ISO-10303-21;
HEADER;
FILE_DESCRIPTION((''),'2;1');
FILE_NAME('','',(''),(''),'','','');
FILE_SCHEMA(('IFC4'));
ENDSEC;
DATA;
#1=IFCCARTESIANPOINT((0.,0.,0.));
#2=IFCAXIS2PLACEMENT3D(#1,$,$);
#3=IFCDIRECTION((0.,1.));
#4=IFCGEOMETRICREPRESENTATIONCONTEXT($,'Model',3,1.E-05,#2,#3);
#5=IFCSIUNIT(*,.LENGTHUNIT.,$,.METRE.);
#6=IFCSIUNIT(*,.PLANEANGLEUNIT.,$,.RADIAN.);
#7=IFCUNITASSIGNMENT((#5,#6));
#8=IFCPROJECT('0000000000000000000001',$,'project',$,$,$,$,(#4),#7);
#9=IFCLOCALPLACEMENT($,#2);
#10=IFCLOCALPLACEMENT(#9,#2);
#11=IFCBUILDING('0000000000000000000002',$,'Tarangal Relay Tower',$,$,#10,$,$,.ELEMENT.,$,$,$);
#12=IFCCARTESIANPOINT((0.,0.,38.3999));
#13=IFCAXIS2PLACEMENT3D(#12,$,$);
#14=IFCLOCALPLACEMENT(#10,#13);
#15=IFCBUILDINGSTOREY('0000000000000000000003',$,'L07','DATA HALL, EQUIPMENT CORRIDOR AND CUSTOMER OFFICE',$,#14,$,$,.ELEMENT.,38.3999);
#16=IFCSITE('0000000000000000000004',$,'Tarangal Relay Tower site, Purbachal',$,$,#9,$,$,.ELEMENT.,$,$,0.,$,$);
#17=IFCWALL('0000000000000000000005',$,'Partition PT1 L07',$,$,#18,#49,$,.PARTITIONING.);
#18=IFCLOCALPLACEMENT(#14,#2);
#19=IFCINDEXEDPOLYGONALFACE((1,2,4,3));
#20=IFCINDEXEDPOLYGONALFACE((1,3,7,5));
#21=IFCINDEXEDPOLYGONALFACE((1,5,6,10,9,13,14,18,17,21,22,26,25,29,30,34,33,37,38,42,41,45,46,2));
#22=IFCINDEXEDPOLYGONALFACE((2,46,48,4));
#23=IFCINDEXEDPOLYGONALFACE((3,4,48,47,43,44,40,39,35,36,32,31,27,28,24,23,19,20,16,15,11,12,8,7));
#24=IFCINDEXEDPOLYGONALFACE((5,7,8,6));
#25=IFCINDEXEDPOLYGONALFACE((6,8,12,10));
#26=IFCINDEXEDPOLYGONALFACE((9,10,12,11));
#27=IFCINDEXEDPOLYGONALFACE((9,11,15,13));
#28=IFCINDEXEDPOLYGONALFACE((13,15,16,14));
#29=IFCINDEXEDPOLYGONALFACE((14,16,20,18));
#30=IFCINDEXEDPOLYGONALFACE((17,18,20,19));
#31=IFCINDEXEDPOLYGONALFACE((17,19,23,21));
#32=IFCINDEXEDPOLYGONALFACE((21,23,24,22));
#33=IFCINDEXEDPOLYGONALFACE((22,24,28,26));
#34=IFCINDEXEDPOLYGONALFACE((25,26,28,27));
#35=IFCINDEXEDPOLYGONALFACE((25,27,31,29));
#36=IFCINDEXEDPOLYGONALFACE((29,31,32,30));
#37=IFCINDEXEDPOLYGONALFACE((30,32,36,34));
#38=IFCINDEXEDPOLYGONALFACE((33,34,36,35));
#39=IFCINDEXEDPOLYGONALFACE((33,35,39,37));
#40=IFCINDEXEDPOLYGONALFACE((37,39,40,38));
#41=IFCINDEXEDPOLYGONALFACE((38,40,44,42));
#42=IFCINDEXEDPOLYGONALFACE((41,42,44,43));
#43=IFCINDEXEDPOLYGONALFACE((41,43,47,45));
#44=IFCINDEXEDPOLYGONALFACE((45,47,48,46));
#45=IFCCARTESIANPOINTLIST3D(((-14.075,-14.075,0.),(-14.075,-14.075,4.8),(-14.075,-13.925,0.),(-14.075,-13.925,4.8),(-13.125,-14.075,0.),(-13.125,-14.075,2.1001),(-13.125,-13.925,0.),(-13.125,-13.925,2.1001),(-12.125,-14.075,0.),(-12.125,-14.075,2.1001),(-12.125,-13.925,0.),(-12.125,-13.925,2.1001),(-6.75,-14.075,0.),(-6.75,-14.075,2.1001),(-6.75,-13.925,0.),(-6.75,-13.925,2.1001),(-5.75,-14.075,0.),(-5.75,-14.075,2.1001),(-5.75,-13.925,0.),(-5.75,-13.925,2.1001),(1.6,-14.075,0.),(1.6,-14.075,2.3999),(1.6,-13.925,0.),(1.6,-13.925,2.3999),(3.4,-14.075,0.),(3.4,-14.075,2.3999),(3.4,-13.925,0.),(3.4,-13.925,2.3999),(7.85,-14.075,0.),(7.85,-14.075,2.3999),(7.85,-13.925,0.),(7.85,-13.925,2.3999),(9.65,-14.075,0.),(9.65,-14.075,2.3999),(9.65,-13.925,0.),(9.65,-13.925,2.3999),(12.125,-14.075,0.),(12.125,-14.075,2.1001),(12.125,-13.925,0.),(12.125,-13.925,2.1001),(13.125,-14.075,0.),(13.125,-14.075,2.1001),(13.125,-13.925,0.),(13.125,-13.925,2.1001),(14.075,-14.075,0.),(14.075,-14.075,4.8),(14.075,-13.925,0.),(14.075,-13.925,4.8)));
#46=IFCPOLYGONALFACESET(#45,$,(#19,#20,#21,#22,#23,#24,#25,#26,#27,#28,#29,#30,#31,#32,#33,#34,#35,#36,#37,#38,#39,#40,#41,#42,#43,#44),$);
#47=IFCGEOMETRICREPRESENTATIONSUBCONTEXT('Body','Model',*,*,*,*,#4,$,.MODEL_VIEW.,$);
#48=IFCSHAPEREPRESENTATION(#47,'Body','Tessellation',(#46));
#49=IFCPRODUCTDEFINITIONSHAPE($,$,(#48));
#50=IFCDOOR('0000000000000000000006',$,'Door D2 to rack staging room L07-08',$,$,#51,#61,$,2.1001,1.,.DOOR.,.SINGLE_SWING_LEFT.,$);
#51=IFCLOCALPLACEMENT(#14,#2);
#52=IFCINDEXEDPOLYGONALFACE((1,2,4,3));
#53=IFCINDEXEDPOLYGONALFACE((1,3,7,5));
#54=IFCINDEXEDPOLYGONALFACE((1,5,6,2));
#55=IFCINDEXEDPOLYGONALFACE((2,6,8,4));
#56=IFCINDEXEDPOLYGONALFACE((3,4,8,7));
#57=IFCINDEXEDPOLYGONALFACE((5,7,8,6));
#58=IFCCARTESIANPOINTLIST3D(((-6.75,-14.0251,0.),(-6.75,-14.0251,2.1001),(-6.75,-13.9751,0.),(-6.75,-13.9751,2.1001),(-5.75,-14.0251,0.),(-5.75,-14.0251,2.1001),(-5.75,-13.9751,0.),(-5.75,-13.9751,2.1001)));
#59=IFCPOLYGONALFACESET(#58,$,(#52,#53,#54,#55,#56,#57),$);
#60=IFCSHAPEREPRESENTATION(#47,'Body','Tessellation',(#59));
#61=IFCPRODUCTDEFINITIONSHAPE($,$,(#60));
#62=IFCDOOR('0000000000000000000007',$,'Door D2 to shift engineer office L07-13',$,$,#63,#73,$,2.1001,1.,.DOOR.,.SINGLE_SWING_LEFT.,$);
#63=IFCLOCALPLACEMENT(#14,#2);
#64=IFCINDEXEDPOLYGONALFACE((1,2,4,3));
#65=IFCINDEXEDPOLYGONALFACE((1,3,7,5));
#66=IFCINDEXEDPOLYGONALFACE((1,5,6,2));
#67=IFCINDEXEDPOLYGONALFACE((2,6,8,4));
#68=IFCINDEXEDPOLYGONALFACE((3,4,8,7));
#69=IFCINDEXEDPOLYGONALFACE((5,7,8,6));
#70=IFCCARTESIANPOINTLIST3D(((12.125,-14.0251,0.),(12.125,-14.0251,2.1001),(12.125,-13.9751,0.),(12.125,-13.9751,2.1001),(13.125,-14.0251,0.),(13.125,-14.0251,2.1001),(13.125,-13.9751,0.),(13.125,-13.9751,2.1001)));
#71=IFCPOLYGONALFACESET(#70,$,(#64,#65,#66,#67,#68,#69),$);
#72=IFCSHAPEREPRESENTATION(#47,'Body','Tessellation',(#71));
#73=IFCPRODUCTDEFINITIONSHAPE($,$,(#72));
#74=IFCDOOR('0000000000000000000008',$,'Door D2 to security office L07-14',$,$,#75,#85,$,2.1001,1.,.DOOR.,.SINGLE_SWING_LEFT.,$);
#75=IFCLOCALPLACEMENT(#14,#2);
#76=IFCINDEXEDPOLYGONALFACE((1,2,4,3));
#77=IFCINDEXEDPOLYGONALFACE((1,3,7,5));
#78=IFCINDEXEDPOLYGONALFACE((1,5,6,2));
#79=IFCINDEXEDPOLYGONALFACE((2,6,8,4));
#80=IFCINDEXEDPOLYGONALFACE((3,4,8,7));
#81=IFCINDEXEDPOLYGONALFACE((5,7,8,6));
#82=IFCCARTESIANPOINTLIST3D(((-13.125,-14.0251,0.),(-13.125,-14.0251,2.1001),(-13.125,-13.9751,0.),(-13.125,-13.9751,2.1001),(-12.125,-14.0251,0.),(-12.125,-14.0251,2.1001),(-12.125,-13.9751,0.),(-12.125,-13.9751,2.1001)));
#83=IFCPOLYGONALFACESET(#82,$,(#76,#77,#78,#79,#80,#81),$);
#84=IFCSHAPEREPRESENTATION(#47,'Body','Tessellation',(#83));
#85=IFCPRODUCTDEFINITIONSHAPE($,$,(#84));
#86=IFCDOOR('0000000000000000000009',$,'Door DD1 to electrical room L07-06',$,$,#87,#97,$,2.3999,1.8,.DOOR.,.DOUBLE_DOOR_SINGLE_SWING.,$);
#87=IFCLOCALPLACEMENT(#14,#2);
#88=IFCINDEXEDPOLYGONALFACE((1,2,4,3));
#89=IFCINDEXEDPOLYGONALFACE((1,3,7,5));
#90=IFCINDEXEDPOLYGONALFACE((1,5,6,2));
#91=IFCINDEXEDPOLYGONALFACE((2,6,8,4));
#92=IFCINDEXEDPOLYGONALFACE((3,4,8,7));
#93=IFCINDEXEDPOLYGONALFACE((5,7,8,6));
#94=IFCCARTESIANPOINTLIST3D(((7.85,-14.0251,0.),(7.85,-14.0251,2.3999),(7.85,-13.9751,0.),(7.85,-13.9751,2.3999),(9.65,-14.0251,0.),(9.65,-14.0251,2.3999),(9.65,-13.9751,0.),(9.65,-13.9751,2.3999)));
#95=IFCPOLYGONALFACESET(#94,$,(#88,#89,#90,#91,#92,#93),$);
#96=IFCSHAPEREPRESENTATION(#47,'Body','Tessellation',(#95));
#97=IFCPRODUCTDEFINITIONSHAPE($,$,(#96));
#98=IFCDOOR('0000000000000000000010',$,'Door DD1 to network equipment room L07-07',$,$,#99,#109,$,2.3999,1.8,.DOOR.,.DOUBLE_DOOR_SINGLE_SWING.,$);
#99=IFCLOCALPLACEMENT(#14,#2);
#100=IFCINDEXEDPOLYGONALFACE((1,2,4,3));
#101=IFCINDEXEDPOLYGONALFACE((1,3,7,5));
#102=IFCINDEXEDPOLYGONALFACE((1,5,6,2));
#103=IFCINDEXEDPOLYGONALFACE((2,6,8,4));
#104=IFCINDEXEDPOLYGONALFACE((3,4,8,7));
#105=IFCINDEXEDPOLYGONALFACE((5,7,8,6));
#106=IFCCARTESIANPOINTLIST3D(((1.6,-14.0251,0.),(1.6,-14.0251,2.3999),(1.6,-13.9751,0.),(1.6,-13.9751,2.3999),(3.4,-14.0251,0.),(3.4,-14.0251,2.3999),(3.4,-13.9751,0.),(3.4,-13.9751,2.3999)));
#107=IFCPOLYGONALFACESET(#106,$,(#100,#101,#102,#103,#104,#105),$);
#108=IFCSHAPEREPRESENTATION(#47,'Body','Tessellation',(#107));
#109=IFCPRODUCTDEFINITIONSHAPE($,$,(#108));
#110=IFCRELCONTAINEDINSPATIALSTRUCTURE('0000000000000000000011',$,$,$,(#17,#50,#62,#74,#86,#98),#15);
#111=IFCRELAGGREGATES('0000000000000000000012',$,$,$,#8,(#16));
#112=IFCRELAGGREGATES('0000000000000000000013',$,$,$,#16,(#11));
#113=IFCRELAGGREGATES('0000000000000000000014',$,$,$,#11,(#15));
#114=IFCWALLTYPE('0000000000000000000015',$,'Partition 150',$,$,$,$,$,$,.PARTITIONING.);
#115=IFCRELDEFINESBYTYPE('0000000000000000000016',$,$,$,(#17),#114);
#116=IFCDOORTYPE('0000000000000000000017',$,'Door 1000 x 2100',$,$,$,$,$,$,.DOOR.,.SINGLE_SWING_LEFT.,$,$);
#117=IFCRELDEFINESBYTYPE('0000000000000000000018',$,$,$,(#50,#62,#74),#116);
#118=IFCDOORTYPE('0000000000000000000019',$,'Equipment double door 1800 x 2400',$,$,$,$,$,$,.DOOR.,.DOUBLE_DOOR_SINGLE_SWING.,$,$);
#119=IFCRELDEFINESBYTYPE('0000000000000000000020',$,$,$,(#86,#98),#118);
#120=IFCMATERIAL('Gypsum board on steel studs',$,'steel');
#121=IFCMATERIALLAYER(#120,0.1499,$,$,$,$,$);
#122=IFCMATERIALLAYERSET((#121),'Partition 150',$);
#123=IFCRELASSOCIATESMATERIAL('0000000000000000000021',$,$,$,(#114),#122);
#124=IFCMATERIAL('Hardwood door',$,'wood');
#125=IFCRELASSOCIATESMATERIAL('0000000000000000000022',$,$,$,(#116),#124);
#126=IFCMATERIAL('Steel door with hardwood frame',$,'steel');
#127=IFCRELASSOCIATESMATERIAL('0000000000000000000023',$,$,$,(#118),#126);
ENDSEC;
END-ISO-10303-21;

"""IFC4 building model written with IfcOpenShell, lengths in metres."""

from ifc_helpers import new_model, si_unit, direction, frame, frame_2d, origin, place, context, subcontext, project, spatial, rectangle, extrude, material, layer, layer_set, type_object, element, fill, save


model = new_model("IFC4")

# Units and contexts
model_context = context("Model", 3, precision=1e-05, world=origin(), true_north=direction((0.0, 1.0)))
body_context = subcontext(model_context, "Body", "Model", "MODEL_VIEW")
ifc_project = project(units=[si_unit("LENGTHUNIT", "METRE"), si_unit("PLANEANGLEUNIT", "RADIAN")], contexts=[model_context])

# Site, building, storey
site_placement = place(None, origin())
site = spatial("IfcSite", under=ifc_project, at=site_placement, Name="Tarangal Relay Tower site, Purbachal", CompositionType="ELEMENT", RefElevation=0.0)
building_placement = place(site_placement, origin())
building = spatial("IfcBuilding", under=site, at=building_placement, Name="Tarangal Relay Tower", CompositionType="ELEMENT")
storey_placement = place(building_placement, frame((0.0, 0.0, 38.3999)))
storey = spatial("IfcBuildingStorey", under=building, at=storey_placement, Name="L07", Description="DATA HALL, EQUIPMENT CORRIDOR AND CUSTOMER OFFICE", CompositionType="ELEMENT", Elevation=38.3999)

# Wall, openings, doors
ifc_material_1 = material(Name="Gypsum board on steel studs", Category="steel")
ifc_layer_1 = layer(ifc_material_1, 0.1499)
ifc_layer_set_1 = layer_set([ifc_layer_1], Name="Partition 150")
wall_type_1 = type_object("IfcWallType", Name="Partition 150", PredefinedType="PARTITIONING", material=ifc_layer_set_1)
wall_1_placement = place(storey_placement, frame((-14.075, -14.0, 0.0), z_axis=(0.0, 0.0, 1.0), x_axis=(1.0, 0.0, 0.0)))
wall_1 = element("IfcWall", 1, at=wall_1_placement, inside=storey, type_object=wall_type_1, Name="Partition PT1 L07", PredefinedType="PARTITIONING", context=body_context, shape_type="SweptSolid", body=[
    extrude(rectangle(XDim=28.1499, YDim=0.1499, at=frame_2d((14.075, 0.0))), origin(), (0.0, 0.0, 1.0), 4.8),
])
opening_1_placement = place(wall_1_placement, frame((21.925, 0.0, 0.0)))
opening_1 = element("IfcOpeningElement", 2, at=opening_1_placement, cuts=wall_1, PredefinedType="OPENING", context=body_context, shape_type="SweptSolid", body=[
    extrude(rectangle(XDim=1.8, YDim=2.3999, at=frame_2d((0.8999, 1.2))), frame((0.0, 0.085, 0.0), z_axis=(0.0, -1.0, 0.0), x_axis=(1.0, 0.0, 0.0)), (0.0, 0.0, 1.0), 0.1699),
])
opening_2_placement = place(wall_1_placement, frame((15.675, 0.0, 0.0)))
opening_2 = element("IfcOpeningElement", 3, at=opening_2_placement, cuts=wall_1, PredefinedType="OPENING", context=body_context, shape_type="SweptSolid", body=[
    extrude(rectangle(XDim=1.8, YDim=2.3999, at=frame_2d((0.8999, 1.2))), frame((0.0, 0.085, 0.0), z_axis=(0.0, -1.0, 0.0), x_axis=(1.0, 0.0, 0.0)), (0.0, 0.0, 1.0), 0.1699),
])
opening_3_placement = place(wall_1_placement, frame((7.325, 0.0, 0.0)))
opening_3 = element("IfcOpeningElement", 4, at=opening_3_placement, cuts=wall_1, PredefinedType="OPENING", context=body_context, shape_type="SweptSolid", body=[
    extrude(rectangle(XDim=1.0, YDim=2.1001, at=frame_2d((0.5, 1.05))), frame((0.0, 0.085, 0.0), z_axis=(0.0, -1.0, 0.0), x_axis=(1.0, 0.0, 0.0)), (0.0, 0.0, 1.0), 0.1699),
])
opening_4_placement = place(wall_1_placement, frame((26.2, 0.0, 0.0)))
opening_4 = element("IfcOpeningElement", 5, at=opening_4_placement, cuts=wall_1, PredefinedType="OPENING", context=body_context, shape_type="SweptSolid", body=[
    extrude(rectangle(XDim=1.0, YDim=2.1001, at=frame_2d((0.5, 1.05))), frame((0.0, 0.085, 0.0), z_axis=(0.0, -1.0, 0.0), x_axis=(1.0, 0.0, 0.0)), (0.0, 0.0, 1.0), 0.1699),
])
opening_5_placement = place(wall_1_placement, frame((0.95, 0.0, 0.0)))
opening_5 = element("IfcOpeningElement", 6, at=opening_5_placement, cuts=wall_1, PredefinedType="OPENING", context=body_context, shape_type="SweptSolid", body=[
    extrude(rectangle(XDim=1.0, YDim=2.1001, at=frame_2d((0.5, 1.05))), frame((0.0, 0.085, 0.0), z_axis=(0.0, -1.0, 0.0), x_axis=(1.0, 0.0, 0.0)), (0.0, 0.0, 1.0), 0.1699),
])
ifc_material_2 = material(Name="Hardwood door", Category="wood")
door_type_1 = type_object("IfcDoorType", Name="Door 1000 x 2100", OperationType="SINGLE_SWING_LEFT", PredefinedType="DOOR", material=ifc_material_2)
door_1_placement = place(opening_3_placement, origin())
door_1 = element("IfcDoor", 7, at=door_1_placement, inside=storey, type_object=door_type_1, Name="Door D2 to rack staging room L07-08", OperationType="SINGLE_SWING_LEFT", OverallHeight=2.1001, OverallWidth=1.0, PredefinedType="DOOR", context=body_context, shape_type="SweptSolid", body=[
    extrude(rectangle(XDim=1.0, YDim=2.1001, at=frame_2d((0.5, 1.05))), frame((0.0, 0.0249, 0.0), z_axis=(0.0, -1.0, 0.0), x_axis=(1.0, 0.0, 0.0)), (0.0, 0.0, 1.0), 0.05),
])
fill(opening_3, door_1)
door_2_placement = place(opening_4_placement, origin())
door_2 = element("IfcDoor", 8, at=door_2_placement, inside=storey, type_object=door_type_1, Name="Door D2 to shift engineer office L07-13", OperationType="SINGLE_SWING_LEFT", OverallHeight=2.1001, OverallWidth=1.0, PredefinedType="DOOR", context=body_context, shape_type="SweptSolid", body=[
    extrude(rectangle(XDim=1.0, YDim=2.1001, at=frame_2d((0.5, 1.05))), frame((0.0, 0.0249, 0.0), z_axis=(0.0, -1.0, 0.0), x_axis=(1.0, 0.0, 0.0)), (0.0, 0.0, 1.0), 0.05),
])
fill(opening_4, door_2)
door_3_placement = place(opening_5_placement, origin())
door_3 = element("IfcDoor", 9, at=door_3_placement, inside=storey, type_object=door_type_1, Name="Door D2 to security office L07-14", OperationType="SINGLE_SWING_LEFT", OverallHeight=2.1001, OverallWidth=1.0, PredefinedType="DOOR", context=body_context, shape_type="SweptSolid", body=[
    extrude(rectangle(XDim=1.0, YDim=2.1001, at=frame_2d((0.5, 1.05))), frame((0.0, 0.0249, 0.0), z_axis=(0.0, -1.0, 0.0), x_axis=(1.0, 0.0, 0.0)), (0.0, 0.0, 1.0), 0.05),
])
fill(opening_5, door_3)
ifc_material_3 = material(Name="Steel door with hardwood frame", Category="steel")
door_type_2 = type_object("IfcDoorType", Name="Equipment double door 1800 x 2400", OperationType="DOUBLE_DOOR_SINGLE_SWING", PredefinedType="DOOR", material=ifc_material_3)
door_4_placement = place(opening_1_placement, origin())
door_4 = element("IfcDoor", 10, at=door_4_placement, inside=storey, type_object=door_type_2, Name="Door DD1 to electrical room L07-06", OperationType="DOUBLE_DOOR_SINGLE_SWING", OverallHeight=2.3999, OverallWidth=1.8, PredefinedType="DOOR", context=body_context, shape_type="SweptSolid", body=[
    extrude(rectangle(XDim=1.8, YDim=2.3999, at=frame_2d((0.8999, 1.2))), frame((0.0, 0.0249, 0.0), z_axis=(0.0, -1.0, 0.0), x_axis=(1.0, 0.0, 0.0)), (0.0, 0.0, 1.0), 0.05),
])
fill(opening_1, door_4)
door_5_placement = place(opening_2_placement, origin())
door_5 = element("IfcDoor", 11, at=door_5_placement, inside=storey, type_object=door_type_2, Name="Door DD1 to network equipment room L07-07", OperationType="DOUBLE_DOOR_SINGLE_SWING", OverallHeight=2.3999, OverallWidth=1.8, PredefinedType="DOOR", context=body_context, shape_type="SweptSolid", body=[
    extrude(rectangle(XDim=1.8, YDim=2.3999, at=frame_2d((0.8999, 1.2))), frame((0.0, 0.0249, 0.0), z_axis=(0.0, -1.0, 0.0), x_axis=(1.0, 0.0, 0.0)), (0.0, 0.0, 1.0), 0.05),
])
fill(opening_2, door_5)

save(model, "model.ifc")
